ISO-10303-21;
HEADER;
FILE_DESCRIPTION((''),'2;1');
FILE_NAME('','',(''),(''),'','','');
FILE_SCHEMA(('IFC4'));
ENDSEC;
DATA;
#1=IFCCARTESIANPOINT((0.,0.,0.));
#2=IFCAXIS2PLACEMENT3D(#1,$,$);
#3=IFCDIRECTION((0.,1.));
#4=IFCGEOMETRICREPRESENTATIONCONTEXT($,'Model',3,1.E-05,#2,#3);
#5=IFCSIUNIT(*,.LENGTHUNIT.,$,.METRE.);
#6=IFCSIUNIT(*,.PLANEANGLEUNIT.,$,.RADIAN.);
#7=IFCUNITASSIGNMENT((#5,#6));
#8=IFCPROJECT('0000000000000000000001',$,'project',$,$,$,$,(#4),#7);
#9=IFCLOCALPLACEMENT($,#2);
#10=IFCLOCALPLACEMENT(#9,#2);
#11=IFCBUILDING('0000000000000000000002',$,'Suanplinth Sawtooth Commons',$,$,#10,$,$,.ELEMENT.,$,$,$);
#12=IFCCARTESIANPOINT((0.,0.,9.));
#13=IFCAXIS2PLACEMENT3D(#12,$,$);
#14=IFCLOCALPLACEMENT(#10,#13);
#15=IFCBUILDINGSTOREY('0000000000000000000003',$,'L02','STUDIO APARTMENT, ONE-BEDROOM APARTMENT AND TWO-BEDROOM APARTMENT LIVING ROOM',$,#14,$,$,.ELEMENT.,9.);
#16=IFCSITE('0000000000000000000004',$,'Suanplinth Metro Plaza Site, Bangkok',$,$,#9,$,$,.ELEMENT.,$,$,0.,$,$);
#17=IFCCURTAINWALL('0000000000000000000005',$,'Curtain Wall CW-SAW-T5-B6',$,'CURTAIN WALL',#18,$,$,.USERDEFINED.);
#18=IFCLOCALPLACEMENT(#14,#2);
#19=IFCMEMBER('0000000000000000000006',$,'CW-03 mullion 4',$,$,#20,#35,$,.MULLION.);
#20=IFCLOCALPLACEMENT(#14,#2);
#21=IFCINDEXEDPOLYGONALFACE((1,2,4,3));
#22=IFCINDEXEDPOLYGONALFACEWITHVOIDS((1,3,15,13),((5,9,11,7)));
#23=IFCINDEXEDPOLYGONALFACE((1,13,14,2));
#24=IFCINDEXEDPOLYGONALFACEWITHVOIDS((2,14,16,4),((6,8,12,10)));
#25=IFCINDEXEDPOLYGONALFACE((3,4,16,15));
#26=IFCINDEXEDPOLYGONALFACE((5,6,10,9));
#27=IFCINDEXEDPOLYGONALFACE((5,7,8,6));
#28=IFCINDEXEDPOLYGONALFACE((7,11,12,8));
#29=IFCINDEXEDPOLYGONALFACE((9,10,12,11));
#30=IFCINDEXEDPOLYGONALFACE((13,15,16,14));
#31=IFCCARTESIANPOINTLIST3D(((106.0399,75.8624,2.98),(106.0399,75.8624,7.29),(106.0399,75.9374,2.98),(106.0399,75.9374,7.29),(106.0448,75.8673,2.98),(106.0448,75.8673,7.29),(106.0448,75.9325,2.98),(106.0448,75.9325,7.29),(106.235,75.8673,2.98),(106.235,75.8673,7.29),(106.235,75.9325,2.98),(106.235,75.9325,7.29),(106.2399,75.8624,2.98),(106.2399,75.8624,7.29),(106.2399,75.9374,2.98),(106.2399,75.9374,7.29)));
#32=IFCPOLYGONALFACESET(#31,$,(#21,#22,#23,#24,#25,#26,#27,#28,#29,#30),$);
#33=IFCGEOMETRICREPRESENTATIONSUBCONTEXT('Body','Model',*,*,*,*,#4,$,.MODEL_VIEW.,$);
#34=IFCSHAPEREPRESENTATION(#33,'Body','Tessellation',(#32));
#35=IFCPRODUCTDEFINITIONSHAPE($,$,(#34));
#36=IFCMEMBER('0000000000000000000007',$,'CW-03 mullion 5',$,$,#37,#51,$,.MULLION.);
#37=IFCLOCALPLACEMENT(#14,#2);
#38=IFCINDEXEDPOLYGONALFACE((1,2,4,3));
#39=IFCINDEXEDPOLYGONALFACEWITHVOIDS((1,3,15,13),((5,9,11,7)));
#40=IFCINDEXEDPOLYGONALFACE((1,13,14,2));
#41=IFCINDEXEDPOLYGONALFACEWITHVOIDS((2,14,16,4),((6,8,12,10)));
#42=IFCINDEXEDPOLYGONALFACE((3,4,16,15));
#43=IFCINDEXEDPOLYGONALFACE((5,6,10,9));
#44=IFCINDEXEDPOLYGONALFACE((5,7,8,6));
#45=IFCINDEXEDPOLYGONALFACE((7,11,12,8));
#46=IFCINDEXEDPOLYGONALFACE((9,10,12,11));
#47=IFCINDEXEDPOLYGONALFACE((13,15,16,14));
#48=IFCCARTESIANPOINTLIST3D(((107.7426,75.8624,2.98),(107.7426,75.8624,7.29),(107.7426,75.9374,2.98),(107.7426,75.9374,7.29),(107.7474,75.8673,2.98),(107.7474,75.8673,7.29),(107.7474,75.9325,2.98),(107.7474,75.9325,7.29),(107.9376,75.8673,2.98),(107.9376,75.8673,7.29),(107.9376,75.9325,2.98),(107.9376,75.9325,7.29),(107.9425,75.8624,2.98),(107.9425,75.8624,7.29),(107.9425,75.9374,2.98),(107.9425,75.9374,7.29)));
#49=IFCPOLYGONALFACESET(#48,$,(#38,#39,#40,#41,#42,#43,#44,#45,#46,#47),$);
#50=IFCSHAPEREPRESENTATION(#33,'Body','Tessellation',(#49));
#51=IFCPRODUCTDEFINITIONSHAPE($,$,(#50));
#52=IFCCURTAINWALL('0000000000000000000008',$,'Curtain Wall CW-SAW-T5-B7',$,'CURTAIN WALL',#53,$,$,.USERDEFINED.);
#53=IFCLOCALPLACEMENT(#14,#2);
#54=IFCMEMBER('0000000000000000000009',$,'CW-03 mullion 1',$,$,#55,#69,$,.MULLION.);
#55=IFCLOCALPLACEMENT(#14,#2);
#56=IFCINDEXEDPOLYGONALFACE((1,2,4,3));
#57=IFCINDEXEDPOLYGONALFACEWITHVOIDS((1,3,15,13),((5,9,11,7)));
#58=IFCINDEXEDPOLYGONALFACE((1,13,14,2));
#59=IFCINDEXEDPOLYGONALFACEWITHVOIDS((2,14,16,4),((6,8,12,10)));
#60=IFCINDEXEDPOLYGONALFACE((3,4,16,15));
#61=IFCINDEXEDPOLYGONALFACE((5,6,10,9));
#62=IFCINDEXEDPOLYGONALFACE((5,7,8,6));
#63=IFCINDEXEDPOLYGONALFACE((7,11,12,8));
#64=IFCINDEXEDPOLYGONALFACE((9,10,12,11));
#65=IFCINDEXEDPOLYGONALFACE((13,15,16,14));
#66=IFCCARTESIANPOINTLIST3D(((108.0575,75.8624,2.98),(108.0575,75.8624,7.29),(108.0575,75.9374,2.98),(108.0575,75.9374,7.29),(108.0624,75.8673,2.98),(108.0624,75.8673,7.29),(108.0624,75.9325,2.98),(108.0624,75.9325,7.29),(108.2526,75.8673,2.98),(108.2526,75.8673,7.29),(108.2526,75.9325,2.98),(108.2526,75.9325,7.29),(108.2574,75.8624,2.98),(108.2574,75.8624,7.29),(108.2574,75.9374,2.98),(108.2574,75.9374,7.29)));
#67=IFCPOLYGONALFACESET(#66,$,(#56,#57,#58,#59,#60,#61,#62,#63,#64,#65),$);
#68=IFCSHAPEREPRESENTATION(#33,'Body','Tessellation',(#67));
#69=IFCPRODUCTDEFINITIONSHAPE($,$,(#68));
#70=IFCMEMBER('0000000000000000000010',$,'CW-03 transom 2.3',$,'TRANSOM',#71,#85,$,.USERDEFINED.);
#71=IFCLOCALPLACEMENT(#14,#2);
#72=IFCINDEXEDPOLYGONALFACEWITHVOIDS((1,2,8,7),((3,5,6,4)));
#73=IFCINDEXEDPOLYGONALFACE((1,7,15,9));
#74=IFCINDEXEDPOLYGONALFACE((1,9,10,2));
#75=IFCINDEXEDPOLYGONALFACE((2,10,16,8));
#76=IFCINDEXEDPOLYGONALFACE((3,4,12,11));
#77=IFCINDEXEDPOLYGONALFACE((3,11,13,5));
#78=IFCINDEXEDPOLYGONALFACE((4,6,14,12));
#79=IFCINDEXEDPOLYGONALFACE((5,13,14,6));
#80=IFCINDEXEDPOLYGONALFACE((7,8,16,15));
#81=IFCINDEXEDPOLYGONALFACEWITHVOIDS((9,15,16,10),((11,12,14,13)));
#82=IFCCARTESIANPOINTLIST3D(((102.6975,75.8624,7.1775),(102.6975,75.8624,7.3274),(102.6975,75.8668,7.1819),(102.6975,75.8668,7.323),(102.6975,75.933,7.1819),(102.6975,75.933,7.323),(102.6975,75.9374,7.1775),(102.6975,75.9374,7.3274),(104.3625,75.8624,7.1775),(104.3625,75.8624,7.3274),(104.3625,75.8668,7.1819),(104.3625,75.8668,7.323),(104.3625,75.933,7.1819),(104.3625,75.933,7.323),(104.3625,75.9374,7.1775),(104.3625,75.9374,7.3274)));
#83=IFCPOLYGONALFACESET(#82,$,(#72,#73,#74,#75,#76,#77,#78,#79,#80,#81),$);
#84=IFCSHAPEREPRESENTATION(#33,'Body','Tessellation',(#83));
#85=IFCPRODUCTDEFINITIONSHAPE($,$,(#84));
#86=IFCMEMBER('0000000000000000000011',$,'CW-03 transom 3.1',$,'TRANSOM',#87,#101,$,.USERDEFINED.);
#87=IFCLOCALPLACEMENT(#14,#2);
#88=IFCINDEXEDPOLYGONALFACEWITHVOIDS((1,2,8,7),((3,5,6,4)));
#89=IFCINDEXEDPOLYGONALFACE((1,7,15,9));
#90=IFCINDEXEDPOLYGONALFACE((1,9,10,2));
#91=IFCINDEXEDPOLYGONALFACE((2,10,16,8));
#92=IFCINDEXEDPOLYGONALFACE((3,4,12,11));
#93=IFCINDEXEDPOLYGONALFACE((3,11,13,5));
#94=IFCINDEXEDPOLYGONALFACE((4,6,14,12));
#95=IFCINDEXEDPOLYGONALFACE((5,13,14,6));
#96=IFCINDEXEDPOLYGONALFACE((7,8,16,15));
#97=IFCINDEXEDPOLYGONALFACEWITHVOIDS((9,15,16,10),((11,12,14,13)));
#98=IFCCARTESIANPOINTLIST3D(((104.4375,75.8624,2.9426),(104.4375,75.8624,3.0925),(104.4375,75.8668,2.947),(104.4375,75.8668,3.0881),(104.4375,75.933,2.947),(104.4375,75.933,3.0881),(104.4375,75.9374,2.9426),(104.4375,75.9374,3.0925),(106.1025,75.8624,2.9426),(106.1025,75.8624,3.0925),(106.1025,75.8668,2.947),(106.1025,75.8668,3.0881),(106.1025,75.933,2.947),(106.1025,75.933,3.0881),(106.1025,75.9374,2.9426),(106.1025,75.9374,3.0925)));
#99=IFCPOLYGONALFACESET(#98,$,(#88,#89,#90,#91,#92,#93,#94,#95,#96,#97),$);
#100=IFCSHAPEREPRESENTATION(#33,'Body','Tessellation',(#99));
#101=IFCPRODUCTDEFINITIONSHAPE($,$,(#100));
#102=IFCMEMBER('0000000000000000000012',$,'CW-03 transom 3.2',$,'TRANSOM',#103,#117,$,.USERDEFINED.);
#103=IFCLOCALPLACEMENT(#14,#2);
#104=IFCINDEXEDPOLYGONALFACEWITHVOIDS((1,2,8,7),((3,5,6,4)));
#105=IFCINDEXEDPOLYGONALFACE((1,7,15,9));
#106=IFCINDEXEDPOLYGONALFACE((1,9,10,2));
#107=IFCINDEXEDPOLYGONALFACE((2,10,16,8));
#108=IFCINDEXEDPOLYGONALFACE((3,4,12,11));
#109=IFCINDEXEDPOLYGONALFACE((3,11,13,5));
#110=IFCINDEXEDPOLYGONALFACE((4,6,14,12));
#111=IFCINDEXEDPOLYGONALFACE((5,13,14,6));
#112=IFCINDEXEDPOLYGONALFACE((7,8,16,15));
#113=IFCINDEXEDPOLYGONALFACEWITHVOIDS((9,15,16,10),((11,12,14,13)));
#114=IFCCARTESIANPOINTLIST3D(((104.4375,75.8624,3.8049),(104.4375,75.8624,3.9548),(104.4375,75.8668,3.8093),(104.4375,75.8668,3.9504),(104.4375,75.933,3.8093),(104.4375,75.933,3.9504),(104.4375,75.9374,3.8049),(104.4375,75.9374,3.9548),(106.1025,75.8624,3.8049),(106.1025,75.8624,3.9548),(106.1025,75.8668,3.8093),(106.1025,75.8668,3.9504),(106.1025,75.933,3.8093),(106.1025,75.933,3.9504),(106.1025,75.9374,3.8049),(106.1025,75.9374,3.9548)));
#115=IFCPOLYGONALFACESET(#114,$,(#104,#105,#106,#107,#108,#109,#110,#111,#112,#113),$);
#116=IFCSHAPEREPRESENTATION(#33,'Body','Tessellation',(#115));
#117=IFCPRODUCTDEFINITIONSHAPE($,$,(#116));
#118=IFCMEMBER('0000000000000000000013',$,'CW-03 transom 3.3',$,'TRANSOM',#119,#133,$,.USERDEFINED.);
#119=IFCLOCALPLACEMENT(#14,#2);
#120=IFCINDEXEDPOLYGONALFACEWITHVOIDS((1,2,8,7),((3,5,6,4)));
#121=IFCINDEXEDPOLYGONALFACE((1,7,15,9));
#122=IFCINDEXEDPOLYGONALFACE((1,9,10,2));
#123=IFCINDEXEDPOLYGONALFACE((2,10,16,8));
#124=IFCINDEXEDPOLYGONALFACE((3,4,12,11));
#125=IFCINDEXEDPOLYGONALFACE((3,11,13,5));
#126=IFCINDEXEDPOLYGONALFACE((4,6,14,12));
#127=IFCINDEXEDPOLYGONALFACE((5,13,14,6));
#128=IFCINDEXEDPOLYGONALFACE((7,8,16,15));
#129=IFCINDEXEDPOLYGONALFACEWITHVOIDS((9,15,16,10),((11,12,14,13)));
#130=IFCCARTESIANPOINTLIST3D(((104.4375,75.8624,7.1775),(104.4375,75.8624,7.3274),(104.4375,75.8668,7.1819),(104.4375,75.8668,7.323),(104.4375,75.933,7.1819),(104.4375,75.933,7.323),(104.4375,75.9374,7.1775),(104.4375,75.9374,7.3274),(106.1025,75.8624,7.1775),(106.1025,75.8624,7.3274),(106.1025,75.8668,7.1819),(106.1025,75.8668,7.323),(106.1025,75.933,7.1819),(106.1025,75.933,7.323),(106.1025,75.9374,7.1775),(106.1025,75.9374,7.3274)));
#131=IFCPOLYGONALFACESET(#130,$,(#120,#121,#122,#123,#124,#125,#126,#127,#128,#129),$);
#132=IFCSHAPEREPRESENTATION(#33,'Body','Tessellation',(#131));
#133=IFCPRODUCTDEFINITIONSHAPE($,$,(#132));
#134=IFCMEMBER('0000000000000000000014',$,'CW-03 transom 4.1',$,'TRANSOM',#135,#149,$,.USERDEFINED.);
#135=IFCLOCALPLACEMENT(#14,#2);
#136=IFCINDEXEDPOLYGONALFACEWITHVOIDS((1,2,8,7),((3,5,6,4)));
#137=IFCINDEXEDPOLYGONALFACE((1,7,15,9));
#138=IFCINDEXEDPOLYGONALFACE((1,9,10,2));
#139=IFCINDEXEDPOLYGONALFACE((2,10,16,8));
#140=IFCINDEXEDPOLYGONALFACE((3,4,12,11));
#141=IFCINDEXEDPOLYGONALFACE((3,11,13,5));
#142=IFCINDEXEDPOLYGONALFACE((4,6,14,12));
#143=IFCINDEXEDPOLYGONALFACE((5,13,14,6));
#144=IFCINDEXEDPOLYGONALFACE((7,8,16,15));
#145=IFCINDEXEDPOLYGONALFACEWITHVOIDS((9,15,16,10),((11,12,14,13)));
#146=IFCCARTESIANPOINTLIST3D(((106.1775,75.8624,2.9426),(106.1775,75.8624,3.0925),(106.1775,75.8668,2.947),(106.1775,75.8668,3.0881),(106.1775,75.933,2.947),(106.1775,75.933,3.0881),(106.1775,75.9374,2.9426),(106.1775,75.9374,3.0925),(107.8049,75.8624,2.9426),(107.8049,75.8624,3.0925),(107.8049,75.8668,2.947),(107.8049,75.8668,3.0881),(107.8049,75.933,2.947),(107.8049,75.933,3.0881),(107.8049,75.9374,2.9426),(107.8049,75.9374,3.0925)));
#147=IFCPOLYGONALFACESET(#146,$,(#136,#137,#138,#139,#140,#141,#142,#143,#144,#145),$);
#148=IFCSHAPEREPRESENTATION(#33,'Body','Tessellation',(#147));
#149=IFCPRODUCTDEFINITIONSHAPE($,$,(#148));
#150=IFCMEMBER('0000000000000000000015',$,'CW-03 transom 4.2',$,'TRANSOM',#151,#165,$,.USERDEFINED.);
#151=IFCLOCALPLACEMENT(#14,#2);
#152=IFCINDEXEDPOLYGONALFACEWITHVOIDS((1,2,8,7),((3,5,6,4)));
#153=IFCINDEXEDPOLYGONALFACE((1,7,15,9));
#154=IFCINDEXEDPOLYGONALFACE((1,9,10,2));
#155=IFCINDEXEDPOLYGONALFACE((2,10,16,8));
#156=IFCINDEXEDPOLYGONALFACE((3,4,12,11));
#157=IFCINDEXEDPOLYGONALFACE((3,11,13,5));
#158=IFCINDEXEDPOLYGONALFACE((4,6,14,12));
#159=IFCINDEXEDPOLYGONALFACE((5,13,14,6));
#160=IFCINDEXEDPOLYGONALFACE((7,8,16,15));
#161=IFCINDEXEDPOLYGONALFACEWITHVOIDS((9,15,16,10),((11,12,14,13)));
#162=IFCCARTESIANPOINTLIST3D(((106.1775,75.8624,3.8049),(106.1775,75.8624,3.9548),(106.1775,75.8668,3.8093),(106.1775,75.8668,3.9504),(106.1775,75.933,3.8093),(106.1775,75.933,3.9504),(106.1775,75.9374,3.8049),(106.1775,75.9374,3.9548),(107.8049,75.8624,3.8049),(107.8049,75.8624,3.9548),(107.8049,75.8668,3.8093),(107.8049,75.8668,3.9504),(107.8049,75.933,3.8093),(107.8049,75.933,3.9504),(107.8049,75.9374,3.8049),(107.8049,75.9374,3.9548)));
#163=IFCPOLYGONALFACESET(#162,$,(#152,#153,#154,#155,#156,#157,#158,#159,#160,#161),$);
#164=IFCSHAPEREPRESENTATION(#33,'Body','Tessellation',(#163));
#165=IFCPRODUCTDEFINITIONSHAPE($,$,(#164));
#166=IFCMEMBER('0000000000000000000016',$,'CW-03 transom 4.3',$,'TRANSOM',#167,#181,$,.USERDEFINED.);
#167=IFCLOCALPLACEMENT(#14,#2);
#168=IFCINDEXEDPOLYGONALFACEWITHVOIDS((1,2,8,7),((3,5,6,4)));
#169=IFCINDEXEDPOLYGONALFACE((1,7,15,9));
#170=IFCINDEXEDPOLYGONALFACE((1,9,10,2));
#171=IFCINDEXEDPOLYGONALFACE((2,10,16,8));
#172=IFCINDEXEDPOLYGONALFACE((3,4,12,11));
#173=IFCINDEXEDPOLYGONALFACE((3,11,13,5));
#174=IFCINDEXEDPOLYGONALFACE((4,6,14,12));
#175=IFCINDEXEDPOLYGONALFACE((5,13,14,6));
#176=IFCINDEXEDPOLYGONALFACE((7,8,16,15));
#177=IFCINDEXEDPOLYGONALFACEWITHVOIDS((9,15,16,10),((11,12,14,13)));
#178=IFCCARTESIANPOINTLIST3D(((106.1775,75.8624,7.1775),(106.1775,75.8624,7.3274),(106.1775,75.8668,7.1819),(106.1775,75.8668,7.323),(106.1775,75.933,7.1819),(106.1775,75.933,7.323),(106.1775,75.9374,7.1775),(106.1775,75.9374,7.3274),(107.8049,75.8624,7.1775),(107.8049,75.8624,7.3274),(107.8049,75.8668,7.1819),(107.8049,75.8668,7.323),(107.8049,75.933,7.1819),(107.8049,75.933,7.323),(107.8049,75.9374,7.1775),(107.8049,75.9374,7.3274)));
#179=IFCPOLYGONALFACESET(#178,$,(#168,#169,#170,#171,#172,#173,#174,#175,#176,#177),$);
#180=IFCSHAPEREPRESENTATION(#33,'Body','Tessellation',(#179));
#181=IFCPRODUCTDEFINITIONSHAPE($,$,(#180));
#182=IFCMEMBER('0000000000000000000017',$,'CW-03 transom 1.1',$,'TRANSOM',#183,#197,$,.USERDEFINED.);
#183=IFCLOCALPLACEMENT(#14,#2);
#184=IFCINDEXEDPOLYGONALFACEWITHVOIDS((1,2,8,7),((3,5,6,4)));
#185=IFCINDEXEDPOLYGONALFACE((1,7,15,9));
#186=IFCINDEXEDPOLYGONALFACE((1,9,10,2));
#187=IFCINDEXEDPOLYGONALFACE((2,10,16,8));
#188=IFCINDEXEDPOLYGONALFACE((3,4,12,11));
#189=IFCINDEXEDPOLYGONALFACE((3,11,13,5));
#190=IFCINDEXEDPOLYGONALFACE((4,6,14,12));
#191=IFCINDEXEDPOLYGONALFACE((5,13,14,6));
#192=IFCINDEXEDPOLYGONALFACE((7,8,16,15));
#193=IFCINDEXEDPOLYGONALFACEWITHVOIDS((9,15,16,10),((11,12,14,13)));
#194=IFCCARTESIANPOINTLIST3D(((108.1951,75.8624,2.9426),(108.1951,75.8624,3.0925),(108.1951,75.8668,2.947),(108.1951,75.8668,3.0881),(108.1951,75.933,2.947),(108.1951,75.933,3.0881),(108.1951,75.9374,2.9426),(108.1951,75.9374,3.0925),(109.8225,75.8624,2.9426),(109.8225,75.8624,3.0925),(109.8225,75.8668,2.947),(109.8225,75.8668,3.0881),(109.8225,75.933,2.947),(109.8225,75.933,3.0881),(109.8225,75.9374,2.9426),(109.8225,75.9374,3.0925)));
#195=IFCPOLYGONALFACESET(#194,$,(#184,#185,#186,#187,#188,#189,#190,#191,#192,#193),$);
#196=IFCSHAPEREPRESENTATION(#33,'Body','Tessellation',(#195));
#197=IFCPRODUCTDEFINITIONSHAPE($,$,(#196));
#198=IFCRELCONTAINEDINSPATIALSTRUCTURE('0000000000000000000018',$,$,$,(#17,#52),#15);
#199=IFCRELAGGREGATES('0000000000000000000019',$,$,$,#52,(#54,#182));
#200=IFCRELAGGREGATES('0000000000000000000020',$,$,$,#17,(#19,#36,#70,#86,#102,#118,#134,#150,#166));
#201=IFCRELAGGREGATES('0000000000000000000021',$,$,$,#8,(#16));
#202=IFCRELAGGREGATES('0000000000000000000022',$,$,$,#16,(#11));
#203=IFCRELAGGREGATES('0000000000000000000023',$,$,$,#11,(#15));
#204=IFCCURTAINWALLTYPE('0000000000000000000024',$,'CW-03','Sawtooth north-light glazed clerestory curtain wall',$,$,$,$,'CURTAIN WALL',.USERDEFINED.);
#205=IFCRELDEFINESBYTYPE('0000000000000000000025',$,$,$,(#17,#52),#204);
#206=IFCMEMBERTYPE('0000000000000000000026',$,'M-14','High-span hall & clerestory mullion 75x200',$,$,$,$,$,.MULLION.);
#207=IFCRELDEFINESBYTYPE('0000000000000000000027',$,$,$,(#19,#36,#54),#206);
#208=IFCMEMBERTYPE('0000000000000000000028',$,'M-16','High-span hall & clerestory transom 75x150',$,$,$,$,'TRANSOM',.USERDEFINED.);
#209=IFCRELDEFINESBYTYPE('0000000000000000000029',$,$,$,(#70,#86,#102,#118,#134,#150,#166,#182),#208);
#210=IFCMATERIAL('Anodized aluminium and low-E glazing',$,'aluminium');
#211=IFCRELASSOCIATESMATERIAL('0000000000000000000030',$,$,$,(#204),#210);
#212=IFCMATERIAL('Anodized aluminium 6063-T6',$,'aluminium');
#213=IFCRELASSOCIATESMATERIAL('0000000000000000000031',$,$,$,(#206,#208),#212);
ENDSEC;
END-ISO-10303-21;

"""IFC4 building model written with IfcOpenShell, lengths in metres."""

from ifc_helpers import new_model, si_unit, direction, frame, origin, origin_2d, place, context, subcontext, project, spatial, hollow_rectangle, extrude, material, material_profile, profile_set, type_object, element, aggregate, save


model = new_model("IFC4")

# Units and contexts
model_context = context("Model", 3, precision=1e-05, world=origin(), true_north=direction((0.0, 1.0)))
body_context = subcontext(model_context, "Body", "Model", "MODEL_VIEW")
ifc_project = project(units=[si_unit("LENGTHUNIT", "METRE"), si_unit("PLANEANGLEUNIT", "RADIAN")], contexts=[model_context])

# Site, building, storey
site_placement = place(None, origin())
site = spatial("IfcSite", under=ifc_project, at=site_placement, Name="Suanplinth Metro Plaza Site, Bangkok", CompositionType="ELEMENT", RefElevation=0.0)
building_placement = place(site_placement, origin())
building = spatial("IfcBuilding", under=site, at=building_placement, Name="Suanplinth Sawtooth Commons", CompositionType="ELEMENT")
storey_placement = place(building_placement, frame((0.0, 0.0, 9.0)))
storey = spatial("IfcBuildingStorey", under=building, at=storey_placement, Name="L02", Description="STUDIO APARTMENT, ONE-BEDROOM APARTMENT AND TWO-BEDROOM APARTMENT LIVING ROOM", CompositionType="ELEMENT", Elevation=9.0)

# Curtain wall, members
ifc_material_1 = material(Name="Anodized aluminium and low-E glazing", Category="aluminium")
curtain_wall_type = type_object("IfcCurtainWallType", Name="CW-03", Description="Sawtooth north-light glazed clerestory curtain wall", ElementType="CURTAIN WALL", PredefinedType="USERDEFINED", material=ifc_material_1)
curtain_wall_1_placement = place(storey_placement, origin())
curtain_wall_1 = element("IfcCurtainWall", 1, at=curtain_wall_1_placement, inside=storey, type_object=curtain_wall_type, Name="Curtain Wall CW-SAW-T5-B6", ObjectType="CURTAIN WALL", PredefinedType="USERDEFINED")
ifc_material_2 = material(Name="Anodized aluminium 6063-T6", Category="aluminium")
ifc_material_profile_1 = material_profile(ifc_material_2, hollow_rectangle(XDim=0.075, YDim=0.2, WallThickness=0.0049, at=origin_2d()), Name="ALU-MUL 75x200")
ifc_profile_set_1 = profile_set([ifc_material_profile_1], Name="Anodized aluminium 6063-T6")
member_type_1 = type_object("IfcMemberType", Name="M-14", Description="High-span hall & clerestory mullion 75x200", PredefinedType="MULLION", material=ifc_profile_set_1)
member_1_placement = place(storey_placement, frame((106.1399, 75.8999, 2.98), z_axis=(0.0, 0.0, 1.0), x_axis=(0.0, 1.0, 0.0)))
member_1 = element("IfcMember", 2, at=member_1_placement, type_object=member_type_1, Name="CW-03 mullion 4", PredefinedType="MULLION", context=body_context, shape_type="SweptSolid", body=[
    extrude(hollow_rectangle(XDim=0.075, YDim=0.2, WallThickness=0.0049, at=origin_2d()), origin(), (0.0, 0.0, 1.0), 4.3101),
])
member_2_placement = place(storey_placement, frame((107.8425, 75.8999, 2.98), z_axis=(0.0, 0.0, 1.0), x_axis=(0.0, 1.0, 0.0)))
member_2 = element("IfcMember", 3, at=member_2_placement, type_object=member_type_1, Name="CW-03 mullion 5", PredefinedType="MULLION", context=body_context, shape_type="SweptSolid", body=[
    extrude(hollow_rectangle(XDim=0.075, YDim=0.2, WallThickness=0.0049, at=origin_2d()), origin(), (0.0, 0.0, 1.0), 4.3101),
])

# Curtain wall, member
curtain_wall_2_placement = place(storey_placement, origin())
curtain_wall_2 = element("IfcCurtainWall", 4, at=curtain_wall_2_placement, inside=storey, type_object=curtain_wall_type, Name="Curtain Wall CW-SAW-T5-B7", ObjectType="CURTAIN WALL", PredefinedType="USERDEFINED")
member_3_placement = place(storey_placement, frame((108.1575, 75.8999, 2.98), z_axis=(0.0, 0.0, 1.0), x_axis=(0.0, 1.0, 0.0)))
member_3 = element("IfcMember", 5, at=member_3_placement, type_object=member_type_1, Name="CW-03 mullion 1", PredefinedType="MULLION", context=body_context, shape_type="SweptSolid", body=[
    extrude(hollow_rectangle(XDim=0.075, YDim=0.2, WallThickness=0.0049, at=origin_2d()), origin(), (0.0, 0.0, 1.0), 4.3101),
])

# Members
ifc_material_profile_2 = material_profile(ifc_material_2, hollow_rectangle(XDim=0.075, YDim=0.1499, WallThickness=0.0044, at=origin_2d()), Name="ALU-TRN 75x150")
ifc_profile_set_2 = profile_set([ifc_material_profile_2], Name="Anodized aluminium 6063-T6")
member_type_2 = type_object("IfcMemberType", Name="M-16", Description="High-span hall & clerestory transom 75x150", ElementType="TRANSOM", PredefinedType="USERDEFINED", material=ifc_profile_set_2)
member_4_placement = place(storey_placement, frame((102.6975, 75.8999, 7.2524), z_axis=(1.0, 0.0, 0.0), x_axis=(0.0, 1.0, 0.0)))
member_4 = element("IfcMember", 6, at=member_4_placement, type_object=member_type_2, Name="CW-03 transom 2.3", ObjectType="TRANSOM", PredefinedType="USERDEFINED", context=body_context, shape_type="SweptSolid", body=[
    extrude(hollow_rectangle(XDim=0.075, YDim=0.1499, WallThickness=0.0044, at=origin_2d()), origin(), (0.0, 0.0, 1.0), 1.665),
])
member_5_placement = place(storey_placement, frame((104.4375, 75.8999, 3.0176), z_axis=(1.0, 0.0, 0.0), x_axis=(0.0, 1.0, 0.0)))
member_5 = element("IfcMember", 7, at=member_5_placement, type_object=member_type_2, Name="CW-03 transom 3.1", ObjectType="TRANSOM", PredefinedType="USERDEFINED", context=body_context, shape_type="SweptSolid", body=[
    extrude(hollow_rectangle(XDim=0.075, YDim=0.1499, WallThickness=0.0044, at=origin_2d()), origin(), (0.0, 0.0, 1.0), 1.665),
])
member_6_placement = place(storey_placement, frame((104.4375, 75.8999, 3.8799), z_axis=(1.0, 0.0, 0.0), x_axis=(0.0, 1.0, 0.0)))
member_6 = element("IfcMember", 8, at=member_6_placement, type_object=member_type_2, Name="CW-03 transom 3.2", ObjectType="TRANSOM", PredefinedType="USERDEFINED", context=body_context, shape_type="SweptSolid", body=[
    extrude(hollow_rectangle(XDim=0.075, YDim=0.1499, WallThickness=0.0044, at=origin_2d()), origin(), (0.0, 0.0, 1.0), 1.665),
])
member_7_placement = place(storey_placement, frame((104.4375, 75.8999, 7.2524), z_axis=(1.0, 0.0, 0.0), x_axis=(0.0, 1.0, 0.0)))
member_7 = element("IfcMember", 9, at=member_7_placement, type_object=member_type_2, Name="CW-03 transom 3.3", ObjectType="TRANSOM", PredefinedType="USERDEFINED", context=body_context, shape_type="SweptSolid", body=[
    extrude(hollow_rectangle(XDim=0.075, YDim=0.1499, WallThickness=0.0044, at=origin_2d()), origin(), (0.0, 0.0, 1.0), 1.665),
])
member_8_placement = place(storey_placement, frame((106.1775, 75.8999, 3.0176), z_axis=(1.0, 0.0, 0.0), x_axis=(0.0, 1.0, 0.0)))
member_8 = element("IfcMember", 10, at=member_8_placement, type_object=member_type_2, Name="CW-03 transom 4.1", ObjectType="TRANSOM", PredefinedType="USERDEFINED", context=body_context, shape_type="SweptSolid", body=[
    extrude(hollow_rectangle(XDim=0.075, YDim=0.1499, WallThickness=0.0044, at=origin_2d()), origin(), (0.0, 0.0, 1.0), 1.6274),
])
member_9_placement = place(storey_placement, frame((106.1775, 75.8999, 3.8799), z_axis=(1.0, 0.0, 0.0), x_axis=(0.0, 1.0, 0.0)))
member_9 = element("IfcMember", 11, at=member_9_placement, type_object=member_type_2, Name="CW-03 transom 4.2", ObjectType="TRANSOM", PredefinedType="USERDEFINED", context=body_context, shape_type="SweptSolid", body=[
    extrude(hollow_rectangle(XDim=0.075, YDim=0.1499, WallThickness=0.0044, at=origin_2d()), origin(), (0.0, 0.0, 1.0), 1.6274),
])
member_10_placement = place(storey_placement, frame((106.1775, 75.8999, 7.2524), z_axis=(1.0, 0.0, 0.0), x_axis=(0.0, 1.0, 0.0)))
member_10 = element("IfcMember", 12, at=member_10_placement, type_object=member_type_2, Name="CW-03 transom 4.3", ObjectType="TRANSOM", PredefinedType="USERDEFINED", context=body_context, shape_type="SweptSolid", body=[
    extrude(hollow_rectangle(XDim=0.075, YDim=0.1499, WallThickness=0.0044, at=origin_2d()), origin(), (0.0, 0.0, 1.0), 1.6274),
])
member_11_placement = place(storey_placement, frame((108.1951, 75.8999, 3.0176), z_axis=(1.0, 0.0, 0.0), x_axis=(0.0, 1.0, 0.0)))
member_11 = element("IfcMember", 13, at=member_11_placement, type_object=member_type_2, Name="CW-03 transom 1.1", ObjectType="TRANSOM", PredefinedType="USERDEFINED", context=body_context, shape_type="SweptSolid", body=[
    extrude(hollow_rectangle(XDim=0.075, YDim=0.1499, WallThickness=0.0044, at=origin_2d()), origin(), (0.0, 0.0, 1.0), 1.6274),
])
aggregate(curtain_wall_2, [member_3, member_11])

aggregate(curtain_wall_1, [member_1, member_2, member_4, member_5, member_6, member_7, member_8, member_9, member_10])

save(model, "model.ifc")
